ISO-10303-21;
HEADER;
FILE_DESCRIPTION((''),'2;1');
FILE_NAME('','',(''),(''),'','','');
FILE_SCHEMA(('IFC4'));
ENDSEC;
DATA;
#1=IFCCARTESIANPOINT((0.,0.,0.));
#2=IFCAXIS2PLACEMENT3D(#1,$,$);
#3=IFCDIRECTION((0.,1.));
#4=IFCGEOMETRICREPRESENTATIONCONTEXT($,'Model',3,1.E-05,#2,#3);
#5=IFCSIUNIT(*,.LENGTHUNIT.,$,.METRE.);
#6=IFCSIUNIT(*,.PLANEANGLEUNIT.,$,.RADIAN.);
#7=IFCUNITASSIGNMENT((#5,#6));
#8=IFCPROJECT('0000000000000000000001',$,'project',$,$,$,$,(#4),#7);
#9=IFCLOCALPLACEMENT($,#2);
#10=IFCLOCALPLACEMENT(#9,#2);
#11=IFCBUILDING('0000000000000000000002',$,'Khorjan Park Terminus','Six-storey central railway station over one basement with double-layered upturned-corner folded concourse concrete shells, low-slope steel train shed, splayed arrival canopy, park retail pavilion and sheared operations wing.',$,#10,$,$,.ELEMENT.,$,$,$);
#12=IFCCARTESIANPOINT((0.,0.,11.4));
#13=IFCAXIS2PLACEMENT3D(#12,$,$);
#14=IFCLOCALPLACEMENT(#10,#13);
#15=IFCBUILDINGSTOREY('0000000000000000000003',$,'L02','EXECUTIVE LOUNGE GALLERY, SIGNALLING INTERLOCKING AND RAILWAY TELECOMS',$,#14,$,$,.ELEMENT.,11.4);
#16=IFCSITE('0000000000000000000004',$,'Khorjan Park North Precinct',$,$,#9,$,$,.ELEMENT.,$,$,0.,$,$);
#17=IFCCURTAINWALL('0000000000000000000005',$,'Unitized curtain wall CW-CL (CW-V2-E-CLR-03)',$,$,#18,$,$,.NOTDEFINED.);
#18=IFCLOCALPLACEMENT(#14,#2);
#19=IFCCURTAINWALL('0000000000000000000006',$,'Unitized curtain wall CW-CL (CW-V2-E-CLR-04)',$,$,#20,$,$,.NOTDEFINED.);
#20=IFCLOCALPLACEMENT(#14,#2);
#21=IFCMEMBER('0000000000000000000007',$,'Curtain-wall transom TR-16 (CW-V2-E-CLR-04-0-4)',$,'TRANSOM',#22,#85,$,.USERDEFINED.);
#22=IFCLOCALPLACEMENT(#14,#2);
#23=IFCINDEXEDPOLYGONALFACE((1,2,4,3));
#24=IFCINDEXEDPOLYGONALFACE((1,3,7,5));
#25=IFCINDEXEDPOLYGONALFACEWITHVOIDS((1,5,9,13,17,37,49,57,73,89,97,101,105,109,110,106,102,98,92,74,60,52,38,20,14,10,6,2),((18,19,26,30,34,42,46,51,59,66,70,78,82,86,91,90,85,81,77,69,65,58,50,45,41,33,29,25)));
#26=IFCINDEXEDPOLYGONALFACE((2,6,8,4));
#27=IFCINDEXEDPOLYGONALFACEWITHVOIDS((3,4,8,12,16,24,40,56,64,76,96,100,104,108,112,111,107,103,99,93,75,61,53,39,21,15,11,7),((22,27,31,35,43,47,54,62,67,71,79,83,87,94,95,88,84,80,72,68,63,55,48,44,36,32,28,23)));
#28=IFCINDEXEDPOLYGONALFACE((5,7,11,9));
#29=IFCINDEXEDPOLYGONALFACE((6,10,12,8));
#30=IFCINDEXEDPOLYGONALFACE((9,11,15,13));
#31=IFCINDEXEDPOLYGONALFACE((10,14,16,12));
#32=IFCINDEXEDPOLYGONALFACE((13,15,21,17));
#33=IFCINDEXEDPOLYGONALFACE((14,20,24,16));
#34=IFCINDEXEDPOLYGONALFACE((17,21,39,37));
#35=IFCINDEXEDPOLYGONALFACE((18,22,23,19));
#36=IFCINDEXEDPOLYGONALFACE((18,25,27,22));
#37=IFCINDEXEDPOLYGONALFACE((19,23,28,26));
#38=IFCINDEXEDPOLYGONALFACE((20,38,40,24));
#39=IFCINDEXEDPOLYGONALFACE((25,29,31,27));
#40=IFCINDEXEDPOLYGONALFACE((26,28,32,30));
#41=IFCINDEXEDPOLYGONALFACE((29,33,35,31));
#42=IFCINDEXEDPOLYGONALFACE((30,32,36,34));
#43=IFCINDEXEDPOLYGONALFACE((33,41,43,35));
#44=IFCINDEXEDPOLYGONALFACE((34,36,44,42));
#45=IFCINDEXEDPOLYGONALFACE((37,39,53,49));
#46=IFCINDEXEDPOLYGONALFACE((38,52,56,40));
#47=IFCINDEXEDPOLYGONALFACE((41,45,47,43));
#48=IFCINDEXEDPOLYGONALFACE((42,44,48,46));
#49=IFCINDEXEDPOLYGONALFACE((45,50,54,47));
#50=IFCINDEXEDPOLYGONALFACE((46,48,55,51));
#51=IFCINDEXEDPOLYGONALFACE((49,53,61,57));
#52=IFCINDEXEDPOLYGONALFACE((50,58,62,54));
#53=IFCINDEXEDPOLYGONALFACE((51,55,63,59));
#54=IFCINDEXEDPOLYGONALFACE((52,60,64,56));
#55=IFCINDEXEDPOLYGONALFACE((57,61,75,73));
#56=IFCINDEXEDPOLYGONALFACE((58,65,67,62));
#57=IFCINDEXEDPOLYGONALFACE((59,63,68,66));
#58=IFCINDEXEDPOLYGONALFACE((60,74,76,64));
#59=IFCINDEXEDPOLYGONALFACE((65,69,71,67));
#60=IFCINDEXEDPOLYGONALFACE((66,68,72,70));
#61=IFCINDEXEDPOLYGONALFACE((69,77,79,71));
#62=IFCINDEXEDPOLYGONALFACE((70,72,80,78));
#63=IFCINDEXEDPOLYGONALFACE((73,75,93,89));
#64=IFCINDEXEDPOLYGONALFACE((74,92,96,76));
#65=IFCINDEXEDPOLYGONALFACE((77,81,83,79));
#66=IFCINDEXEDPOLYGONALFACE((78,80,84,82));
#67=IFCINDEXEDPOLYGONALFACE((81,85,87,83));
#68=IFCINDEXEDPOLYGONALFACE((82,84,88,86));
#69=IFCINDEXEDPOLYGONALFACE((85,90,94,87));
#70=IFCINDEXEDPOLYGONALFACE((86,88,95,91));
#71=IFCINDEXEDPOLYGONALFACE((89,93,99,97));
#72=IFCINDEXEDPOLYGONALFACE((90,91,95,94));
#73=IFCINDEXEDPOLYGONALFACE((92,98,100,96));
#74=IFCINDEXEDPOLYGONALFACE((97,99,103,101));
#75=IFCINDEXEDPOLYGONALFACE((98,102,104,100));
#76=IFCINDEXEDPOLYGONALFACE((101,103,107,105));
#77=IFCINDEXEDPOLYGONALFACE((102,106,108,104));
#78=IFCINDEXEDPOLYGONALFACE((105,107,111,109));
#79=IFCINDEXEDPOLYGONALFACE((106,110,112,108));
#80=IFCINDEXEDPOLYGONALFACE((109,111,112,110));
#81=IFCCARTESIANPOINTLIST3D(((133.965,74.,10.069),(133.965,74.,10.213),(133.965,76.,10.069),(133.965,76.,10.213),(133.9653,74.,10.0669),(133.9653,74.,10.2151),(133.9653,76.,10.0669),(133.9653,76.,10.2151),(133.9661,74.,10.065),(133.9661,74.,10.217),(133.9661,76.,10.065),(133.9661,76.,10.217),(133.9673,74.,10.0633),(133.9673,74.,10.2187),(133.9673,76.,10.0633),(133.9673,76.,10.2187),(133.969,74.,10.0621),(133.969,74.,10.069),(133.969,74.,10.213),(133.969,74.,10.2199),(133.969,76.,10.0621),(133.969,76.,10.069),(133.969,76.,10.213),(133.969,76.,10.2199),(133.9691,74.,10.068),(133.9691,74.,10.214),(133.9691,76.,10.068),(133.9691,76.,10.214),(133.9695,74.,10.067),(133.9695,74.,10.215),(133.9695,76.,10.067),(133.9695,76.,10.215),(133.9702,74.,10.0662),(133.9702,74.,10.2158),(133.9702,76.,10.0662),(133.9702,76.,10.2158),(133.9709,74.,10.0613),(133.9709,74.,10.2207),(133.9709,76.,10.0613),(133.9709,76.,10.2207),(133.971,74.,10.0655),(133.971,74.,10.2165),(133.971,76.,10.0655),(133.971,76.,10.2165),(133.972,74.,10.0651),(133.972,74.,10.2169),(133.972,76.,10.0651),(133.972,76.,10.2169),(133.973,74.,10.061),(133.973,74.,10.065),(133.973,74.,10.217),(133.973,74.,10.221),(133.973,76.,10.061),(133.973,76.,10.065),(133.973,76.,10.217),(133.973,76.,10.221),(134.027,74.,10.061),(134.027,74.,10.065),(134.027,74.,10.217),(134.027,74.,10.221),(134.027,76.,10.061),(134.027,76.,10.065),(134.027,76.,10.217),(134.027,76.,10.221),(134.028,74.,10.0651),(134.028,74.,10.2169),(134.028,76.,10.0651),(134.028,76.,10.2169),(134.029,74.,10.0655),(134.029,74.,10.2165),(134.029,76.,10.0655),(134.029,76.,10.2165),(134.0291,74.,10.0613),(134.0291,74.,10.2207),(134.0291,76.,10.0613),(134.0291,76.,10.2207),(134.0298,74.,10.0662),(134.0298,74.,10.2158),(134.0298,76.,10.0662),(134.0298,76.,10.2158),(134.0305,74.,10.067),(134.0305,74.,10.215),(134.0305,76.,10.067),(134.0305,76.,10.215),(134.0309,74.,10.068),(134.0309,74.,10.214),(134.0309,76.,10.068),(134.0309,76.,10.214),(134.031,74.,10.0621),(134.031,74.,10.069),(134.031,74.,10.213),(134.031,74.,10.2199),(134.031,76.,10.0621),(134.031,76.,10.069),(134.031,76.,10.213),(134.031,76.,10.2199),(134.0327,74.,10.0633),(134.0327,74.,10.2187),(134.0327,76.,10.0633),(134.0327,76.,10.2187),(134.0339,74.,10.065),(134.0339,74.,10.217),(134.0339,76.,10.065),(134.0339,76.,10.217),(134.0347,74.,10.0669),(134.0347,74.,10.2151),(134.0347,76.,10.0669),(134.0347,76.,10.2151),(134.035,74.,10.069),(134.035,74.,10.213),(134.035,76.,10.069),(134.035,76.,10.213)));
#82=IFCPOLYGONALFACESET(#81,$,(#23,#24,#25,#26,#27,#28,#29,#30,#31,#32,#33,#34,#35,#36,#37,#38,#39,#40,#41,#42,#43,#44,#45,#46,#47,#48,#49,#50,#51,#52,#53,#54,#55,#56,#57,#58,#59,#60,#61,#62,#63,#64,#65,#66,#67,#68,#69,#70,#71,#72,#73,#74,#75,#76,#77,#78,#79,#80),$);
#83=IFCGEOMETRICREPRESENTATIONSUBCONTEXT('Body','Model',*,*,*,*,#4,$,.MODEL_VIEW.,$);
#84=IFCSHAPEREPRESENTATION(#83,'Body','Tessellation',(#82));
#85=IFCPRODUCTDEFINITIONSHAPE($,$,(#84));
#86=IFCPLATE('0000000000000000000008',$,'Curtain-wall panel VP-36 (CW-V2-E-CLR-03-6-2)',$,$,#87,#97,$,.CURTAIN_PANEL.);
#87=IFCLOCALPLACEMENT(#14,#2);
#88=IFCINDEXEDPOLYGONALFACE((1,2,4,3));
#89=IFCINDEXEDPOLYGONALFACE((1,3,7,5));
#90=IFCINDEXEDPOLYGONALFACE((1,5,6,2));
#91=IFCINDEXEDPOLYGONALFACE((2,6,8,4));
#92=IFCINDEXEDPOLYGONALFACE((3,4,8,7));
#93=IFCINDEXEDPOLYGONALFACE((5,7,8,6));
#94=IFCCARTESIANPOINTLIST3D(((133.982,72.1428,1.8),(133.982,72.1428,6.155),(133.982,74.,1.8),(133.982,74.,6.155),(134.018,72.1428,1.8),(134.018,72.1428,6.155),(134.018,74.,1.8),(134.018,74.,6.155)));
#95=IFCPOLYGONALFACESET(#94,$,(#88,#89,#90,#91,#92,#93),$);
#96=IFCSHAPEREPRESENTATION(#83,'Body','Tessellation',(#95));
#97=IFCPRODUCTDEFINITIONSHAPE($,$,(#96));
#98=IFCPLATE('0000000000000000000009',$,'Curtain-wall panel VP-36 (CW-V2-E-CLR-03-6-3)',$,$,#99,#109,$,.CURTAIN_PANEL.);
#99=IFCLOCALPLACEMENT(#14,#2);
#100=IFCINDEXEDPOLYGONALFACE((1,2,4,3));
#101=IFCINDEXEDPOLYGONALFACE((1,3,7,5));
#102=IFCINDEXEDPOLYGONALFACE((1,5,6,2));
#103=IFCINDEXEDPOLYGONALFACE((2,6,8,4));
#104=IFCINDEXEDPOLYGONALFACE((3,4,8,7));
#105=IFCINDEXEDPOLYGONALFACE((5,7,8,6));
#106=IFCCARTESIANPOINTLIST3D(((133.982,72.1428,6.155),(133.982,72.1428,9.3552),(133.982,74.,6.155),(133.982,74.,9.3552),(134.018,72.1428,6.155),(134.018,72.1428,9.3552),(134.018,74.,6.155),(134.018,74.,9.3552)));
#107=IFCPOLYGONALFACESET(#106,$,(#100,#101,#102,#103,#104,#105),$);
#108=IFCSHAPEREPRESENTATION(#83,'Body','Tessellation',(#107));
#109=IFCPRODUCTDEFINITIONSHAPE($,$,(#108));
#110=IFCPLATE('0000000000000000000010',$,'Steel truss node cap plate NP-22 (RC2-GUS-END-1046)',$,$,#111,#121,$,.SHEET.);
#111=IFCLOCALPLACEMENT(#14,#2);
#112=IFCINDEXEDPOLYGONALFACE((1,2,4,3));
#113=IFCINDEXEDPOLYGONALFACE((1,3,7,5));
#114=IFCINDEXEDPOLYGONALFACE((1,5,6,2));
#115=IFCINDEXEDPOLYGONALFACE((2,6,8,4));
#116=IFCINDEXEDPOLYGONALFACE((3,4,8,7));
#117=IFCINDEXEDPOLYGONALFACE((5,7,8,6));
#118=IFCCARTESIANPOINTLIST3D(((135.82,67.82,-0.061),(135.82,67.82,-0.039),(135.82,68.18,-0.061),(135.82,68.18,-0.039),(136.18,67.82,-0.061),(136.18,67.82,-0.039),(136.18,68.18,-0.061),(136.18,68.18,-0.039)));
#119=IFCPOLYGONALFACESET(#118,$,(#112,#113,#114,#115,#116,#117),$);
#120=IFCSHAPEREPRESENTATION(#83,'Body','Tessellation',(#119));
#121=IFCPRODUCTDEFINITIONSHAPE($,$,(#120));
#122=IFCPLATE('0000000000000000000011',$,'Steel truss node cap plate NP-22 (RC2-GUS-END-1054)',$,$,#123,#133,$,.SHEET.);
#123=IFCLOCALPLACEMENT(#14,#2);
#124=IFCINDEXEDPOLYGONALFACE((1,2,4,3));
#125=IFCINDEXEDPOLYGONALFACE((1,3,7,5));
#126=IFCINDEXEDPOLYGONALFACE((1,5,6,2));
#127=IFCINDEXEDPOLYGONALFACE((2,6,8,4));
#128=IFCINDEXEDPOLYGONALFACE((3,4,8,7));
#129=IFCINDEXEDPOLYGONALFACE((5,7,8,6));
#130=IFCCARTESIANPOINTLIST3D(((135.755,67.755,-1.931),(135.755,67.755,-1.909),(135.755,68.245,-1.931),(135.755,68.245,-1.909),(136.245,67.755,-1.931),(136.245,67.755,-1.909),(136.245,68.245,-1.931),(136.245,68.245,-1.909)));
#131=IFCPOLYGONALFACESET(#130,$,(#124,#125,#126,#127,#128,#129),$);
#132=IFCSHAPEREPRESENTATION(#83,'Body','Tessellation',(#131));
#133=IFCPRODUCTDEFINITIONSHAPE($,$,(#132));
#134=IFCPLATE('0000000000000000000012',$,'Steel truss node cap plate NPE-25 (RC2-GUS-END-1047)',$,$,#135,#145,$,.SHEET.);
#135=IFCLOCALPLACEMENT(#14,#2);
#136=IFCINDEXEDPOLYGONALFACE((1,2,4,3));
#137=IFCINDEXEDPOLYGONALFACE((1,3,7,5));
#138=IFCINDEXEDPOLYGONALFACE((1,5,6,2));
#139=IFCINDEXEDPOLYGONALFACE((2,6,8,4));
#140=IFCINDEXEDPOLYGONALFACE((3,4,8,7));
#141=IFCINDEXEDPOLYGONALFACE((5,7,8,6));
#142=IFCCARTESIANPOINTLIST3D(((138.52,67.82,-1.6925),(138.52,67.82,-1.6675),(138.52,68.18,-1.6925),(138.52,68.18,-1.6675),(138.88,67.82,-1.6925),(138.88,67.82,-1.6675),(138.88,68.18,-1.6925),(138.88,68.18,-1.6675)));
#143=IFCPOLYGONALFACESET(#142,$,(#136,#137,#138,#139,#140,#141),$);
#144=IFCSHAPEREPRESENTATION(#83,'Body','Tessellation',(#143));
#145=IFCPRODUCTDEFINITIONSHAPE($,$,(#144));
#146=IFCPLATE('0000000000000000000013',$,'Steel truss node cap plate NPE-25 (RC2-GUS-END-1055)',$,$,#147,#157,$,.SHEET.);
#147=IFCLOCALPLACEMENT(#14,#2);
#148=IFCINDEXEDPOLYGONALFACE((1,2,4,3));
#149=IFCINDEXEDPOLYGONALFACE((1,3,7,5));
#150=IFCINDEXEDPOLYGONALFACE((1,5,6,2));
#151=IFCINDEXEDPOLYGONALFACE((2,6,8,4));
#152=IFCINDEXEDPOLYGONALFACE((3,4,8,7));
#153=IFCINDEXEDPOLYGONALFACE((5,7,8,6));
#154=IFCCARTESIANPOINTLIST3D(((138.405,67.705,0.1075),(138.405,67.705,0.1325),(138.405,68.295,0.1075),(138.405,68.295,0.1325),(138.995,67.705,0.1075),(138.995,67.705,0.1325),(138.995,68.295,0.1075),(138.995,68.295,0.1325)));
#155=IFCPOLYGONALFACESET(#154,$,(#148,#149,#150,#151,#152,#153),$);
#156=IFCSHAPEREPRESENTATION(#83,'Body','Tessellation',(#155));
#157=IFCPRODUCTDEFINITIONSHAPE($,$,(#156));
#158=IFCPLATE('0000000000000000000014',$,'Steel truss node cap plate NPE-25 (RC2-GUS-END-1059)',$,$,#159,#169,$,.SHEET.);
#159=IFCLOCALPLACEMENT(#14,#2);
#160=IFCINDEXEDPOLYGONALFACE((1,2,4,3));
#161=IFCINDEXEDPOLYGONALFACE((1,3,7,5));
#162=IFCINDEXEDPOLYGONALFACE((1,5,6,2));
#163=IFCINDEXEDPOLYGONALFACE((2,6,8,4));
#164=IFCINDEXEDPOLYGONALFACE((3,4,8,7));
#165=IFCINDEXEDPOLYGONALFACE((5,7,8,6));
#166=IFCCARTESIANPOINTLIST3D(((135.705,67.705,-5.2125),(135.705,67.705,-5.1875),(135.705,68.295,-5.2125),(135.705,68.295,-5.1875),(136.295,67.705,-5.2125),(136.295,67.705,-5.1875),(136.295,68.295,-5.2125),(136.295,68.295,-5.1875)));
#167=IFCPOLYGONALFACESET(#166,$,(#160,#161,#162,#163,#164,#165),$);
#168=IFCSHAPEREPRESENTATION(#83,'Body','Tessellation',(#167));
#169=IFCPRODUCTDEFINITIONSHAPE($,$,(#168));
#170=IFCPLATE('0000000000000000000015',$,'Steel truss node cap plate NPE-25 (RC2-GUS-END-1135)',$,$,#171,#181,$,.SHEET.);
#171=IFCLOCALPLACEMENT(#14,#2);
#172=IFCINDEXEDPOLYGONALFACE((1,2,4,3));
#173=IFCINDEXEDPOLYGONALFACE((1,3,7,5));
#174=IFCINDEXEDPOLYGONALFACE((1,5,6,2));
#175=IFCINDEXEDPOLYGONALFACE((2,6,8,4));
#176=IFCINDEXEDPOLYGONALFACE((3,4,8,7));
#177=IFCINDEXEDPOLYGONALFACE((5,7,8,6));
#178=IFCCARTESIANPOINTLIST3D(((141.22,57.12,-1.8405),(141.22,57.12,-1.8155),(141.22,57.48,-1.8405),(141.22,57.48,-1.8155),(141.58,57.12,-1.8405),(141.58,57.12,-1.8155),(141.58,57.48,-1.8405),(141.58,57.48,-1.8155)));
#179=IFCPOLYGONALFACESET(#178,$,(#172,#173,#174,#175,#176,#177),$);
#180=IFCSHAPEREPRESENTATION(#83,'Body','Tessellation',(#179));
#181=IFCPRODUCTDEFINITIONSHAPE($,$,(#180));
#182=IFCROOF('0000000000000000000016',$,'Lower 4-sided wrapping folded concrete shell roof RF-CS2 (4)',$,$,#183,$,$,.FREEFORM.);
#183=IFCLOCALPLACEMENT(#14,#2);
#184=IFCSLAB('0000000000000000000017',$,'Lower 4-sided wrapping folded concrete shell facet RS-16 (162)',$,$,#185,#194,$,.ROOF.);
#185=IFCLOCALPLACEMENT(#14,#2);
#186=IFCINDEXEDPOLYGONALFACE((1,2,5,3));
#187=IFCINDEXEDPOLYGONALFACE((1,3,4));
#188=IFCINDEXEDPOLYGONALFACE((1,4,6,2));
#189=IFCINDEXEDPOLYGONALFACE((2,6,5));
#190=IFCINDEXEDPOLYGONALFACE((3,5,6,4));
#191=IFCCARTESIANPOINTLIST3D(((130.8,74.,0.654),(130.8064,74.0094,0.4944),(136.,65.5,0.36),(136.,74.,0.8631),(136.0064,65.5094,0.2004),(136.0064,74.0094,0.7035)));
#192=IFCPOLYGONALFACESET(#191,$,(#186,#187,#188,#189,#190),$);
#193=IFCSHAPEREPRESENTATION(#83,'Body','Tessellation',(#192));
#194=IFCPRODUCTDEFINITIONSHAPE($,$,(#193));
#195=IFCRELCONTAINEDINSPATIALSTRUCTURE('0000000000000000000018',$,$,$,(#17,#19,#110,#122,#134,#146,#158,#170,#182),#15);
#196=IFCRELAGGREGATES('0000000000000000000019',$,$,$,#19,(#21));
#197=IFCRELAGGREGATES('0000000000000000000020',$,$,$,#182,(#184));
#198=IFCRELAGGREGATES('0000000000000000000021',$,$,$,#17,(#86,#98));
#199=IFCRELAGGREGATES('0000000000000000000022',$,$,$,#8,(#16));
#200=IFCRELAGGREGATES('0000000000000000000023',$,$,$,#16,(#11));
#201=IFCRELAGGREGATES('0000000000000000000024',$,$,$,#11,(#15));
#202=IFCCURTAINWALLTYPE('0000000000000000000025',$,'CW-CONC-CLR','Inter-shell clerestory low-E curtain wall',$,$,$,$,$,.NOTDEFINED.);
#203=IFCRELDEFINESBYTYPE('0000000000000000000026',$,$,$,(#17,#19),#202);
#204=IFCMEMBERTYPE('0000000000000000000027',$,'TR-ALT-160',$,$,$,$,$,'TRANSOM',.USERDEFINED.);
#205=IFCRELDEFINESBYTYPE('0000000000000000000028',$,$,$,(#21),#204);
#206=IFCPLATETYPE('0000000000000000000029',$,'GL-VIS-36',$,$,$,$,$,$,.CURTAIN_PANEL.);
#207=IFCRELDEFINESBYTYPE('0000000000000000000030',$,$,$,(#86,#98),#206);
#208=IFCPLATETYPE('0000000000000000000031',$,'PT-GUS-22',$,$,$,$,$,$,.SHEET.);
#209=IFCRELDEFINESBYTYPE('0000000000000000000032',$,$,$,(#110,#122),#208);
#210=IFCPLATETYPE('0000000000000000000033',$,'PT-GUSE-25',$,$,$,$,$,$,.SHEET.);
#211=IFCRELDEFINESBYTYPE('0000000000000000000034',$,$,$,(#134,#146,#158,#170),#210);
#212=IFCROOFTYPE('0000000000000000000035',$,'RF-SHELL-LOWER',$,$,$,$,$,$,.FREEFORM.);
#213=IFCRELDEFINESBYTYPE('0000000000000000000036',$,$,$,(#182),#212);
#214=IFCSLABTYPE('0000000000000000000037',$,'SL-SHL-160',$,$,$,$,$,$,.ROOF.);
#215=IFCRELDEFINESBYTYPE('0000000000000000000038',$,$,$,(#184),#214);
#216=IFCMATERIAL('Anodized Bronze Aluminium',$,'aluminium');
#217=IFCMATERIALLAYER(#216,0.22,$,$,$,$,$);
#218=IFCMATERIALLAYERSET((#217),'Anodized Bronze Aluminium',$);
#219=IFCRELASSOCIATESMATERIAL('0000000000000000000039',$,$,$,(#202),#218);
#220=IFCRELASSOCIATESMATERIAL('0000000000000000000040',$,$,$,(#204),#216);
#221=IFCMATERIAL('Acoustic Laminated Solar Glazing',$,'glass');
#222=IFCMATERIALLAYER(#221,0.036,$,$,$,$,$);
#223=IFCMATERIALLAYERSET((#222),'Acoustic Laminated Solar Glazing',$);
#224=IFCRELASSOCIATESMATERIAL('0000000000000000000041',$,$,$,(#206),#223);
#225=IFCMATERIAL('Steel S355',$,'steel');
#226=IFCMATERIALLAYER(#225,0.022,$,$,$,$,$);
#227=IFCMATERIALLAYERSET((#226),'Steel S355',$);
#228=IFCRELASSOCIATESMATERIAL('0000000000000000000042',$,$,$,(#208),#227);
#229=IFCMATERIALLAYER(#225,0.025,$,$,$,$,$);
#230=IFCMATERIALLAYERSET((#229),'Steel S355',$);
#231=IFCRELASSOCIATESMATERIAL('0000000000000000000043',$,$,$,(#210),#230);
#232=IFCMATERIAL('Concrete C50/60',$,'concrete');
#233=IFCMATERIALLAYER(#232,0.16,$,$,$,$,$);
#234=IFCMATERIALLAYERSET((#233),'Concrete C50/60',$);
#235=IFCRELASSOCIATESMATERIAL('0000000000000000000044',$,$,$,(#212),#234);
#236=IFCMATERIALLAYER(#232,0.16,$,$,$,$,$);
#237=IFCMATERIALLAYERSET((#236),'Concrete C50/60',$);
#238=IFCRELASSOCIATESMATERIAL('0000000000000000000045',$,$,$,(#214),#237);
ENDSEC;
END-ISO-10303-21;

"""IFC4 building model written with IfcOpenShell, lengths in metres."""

from ifc_helpers import new_model, si_unit, direction, frame, origin, origin_2d, place, context, subcontext, project, spatial, polyline, rectangle, hollow_rectangle, outline, extrude, material, layer, layer_set, material_profile, profile_set, type_object, element, aggregate, save


model = new_model("IFC4")

# Units and contexts
model_context = context("Model", 3, precision=1e-05, world=origin(), true_north=direction((0.0, 1.0)))
body_context = subcontext(model_context, "Body", "Model", "MODEL_VIEW")
ifc_project = project(units=[si_unit("LENGTHUNIT", "METRE"), si_unit("PLANEANGLEUNIT", "RADIAN")], contexts=[model_context])

# Site, building, storey
site_placement = place(None, origin())
site = spatial("IfcSite", under=ifc_project, at=site_placement, Name="Khorjan Park North Precinct", CompositionType="ELEMENT", RefElevation=0.0)
building_placement = place(site_placement, origin())
building = spatial("IfcBuilding", under=site, at=building_placement, Name="Khorjan Park Terminus", Description="Six-storey central railway station over one basement with double-layered upturned-corner folded concourse concrete shells, low-slope steel train shed, splayed arrival canopy, park retail pavilion and sheared operations wing.", CompositionType="ELEMENT")
storey_placement = place(building_placement, frame((0.0, 0.0, 11.4)))
storey = spatial("IfcBuildingStorey", under=building, at=storey_placement, Name="L02", Description="EXECUTIVE LOUNGE GALLERY, SIGNALLING INTERLOCKING AND RAILWAY TELECOMS", CompositionType="ELEMENT", Elevation=11.4)

# Shared definitions
ifc_material_1 = material(Name="Concrete C50/60", Category="concrete")

# Shared definitions
ifc_material_2 = material(Name="Steel S355", Category="steel")

# Curtain wall
ifc_material_3 = material(Name="Anodized Bronze Aluminium", Category="aluminium")
ifc_layer_1 = layer(ifc_material_3, 0.22)
ifc_layer_set_1 = layer_set([ifc_layer_1], Name="Anodized Bronze Aluminium")
curtain_wall_type = type_object("IfcCurtainWallType", Name="CW-CONC-CLR", Description="Inter-shell clerestory low-E curtain wall", PredefinedType="NOTDEFINED", material=ifc_layer_set_1)
curtain_wall_1_placement = place(storey_placement, origin())
curtain_wall_1 = element("IfcCurtainWall", 1, at=curtain_wall_1_placement, inside=storey, type_object=curtain_wall_type, Name="Unitized curtain wall CW-CL (CW-V2-E-CLR-03)", PredefinedType="NOTDEFINED")

# Shared definitions
ifc_material_profile_1 = material_profile(ifc_material_3, hollow_rectangle(XDim=0.07, YDim=0.16, WallThickness=0.004, InnerFilletRadius=0.004, OuterFilletRadius=0.008, at=origin_2d()), Name="ALT 70x160x4")
ifc_profile_set_1 = profile_set([ifc_material_profile_1], Name="Anodized Bronze Aluminium")
member_type_1 = type_object("IfcMemberType", Name="TR-ALT-160", ElementType="TRANSOM", PredefinedType="USERDEFINED", material=ifc_profile_set_1)

# Curtain wall, member
curtain_wall_2_placement = place(storey_placement, origin())
curtain_wall_2 = element("IfcCurtainWall", 2, at=curtain_wall_2_placement, inside=storey, type_object=curtain_wall_type, Name="Unitized curtain wall CW-CL (CW-V2-E-CLR-04)", PredefinedType="NOTDEFINED")
member_1_placement = place(storey_placement, frame((134.0, 74.0, 10.141), z_axis=(0.0, 1.0, 0.0), x_axis=(-1.0, 0.0, 0.0)))
member_1 = element("IfcMember", 3, at=member_1_placement, type_object=member_type_1, Name="Curtain-wall transom TR-16 (CW-V2-E-CLR-04-0-4)", ObjectType="TRANSOM", PredefinedType="USERDEFINED", context=body_context, shape_type="SweptSolid", body=[
    extrude(hollow_rectangle(XDim=0.07, YDim=0.16, WallThickness=0.004, InnerFilletRadius=0.004, OuterFilletRadius=0.008, at=origin_2d()), origin(), (0.0, 0.0, 1.0), 2.0),
])
aggregate(curtain_wall_2, [member_1])

# Plates
ifc_material_4 = material(Name="Acoustic Laminated Solar Glazing", Category="glass")
ifc_layer_2 = layer(ifc_material_4, 0.036)
ifc_layer_set_2 = layer_set([ifc_layer_2], Name="Acoustic Laminated Solar Glazing")
plate_type_1 = type_object("IfcPlateType", Name="GL-VIS-36", PredefinedType="CURTAIN_PANEL", material=ifc_layer_set_2)
plate_1_placement = place(storey_placement, frame((134.0, 73.0714, 1.8), z_axis=(0.0, 0.0, 1.0), x_axis=(0.0, 1.0, 0.0)))
plate_1 = element("IfcPlate", 4, at=plate_1_placement, type_object=plate_type_1, Name="Curtain-wall panel VP-36 (CW-V2-E-CLR-03-6-2)", PredefinedType="CURTAIN_PANEL", context=body_context, shape_type="SweptSolid", body=[
    extrude(rectangle(XDim=1.8571, YDim=0.036, at=origin_2d()), origin(), (0.0, 0.0, 1.0), 4.355),
])
plate_2_placement = place(storey_placement, frame((134.0, 73.0714, 6.155), z_axis=(0.0, 0.0, 1.0), x_axis=(0.0, 1.0, 0.0)))
plate_2 = element("IfcPlate", 5, at=plate_2_placement, type_object=plate_type_1, Name="Curtain-wall panel VP-36 (CW-V2-E-CLR-03-6-3)", PredefinedType="CURTAIN_PANEL", context=body_context, shape_type="SweptSolid", body=[
    extrude(rectangle(XDim=1.8571, YDim=0.036, at=origin_2d()), origin(), (0.0, 0.0, 1.0), 3.2002),
])

# Plates
ifc_layer_3 = layer(ifc_material_2, 0.022)
ifc_layer_set_3 = layer_set([ifc_layer_3], Name="Steel S355")
plate_type_2 = type_object("IfcPlateType", Name="PT-GUS-22", PredefinedType="SHEET", material=ifc_layer_set_3)
plate_3_placement = place(storey_placement, frame((136.0, 68.0, -0.061), z_axis=(0.0, 0.0, 1.0), x_axis=(1.0, 0.0, 0.0)))
element("IfcPlate", 6, at=plate_3_placement, inside=storey, type_object=plate_type_2, Name="Steel truss node cap plate NP-22 (RC2-GUS-END-1046)", PredefinedType="SHEET", context=body_context, shape_type="SweptSolid", body=[
    extrude(rectangle(XDim=0.36, YDim=0.36, at=origin_2d()), origin(), (0.0, 0.0, 1.0), 0.022),
])
plate_4_placement = place(storey_placement, frame((136.0, 68.0, -1.931), z_axis=(0.0, 0.0, 1.0), x_axis=(1.0, 0.0, 0.0)))
element("IfcPlate", 7, at=plate_4_placement, inside=storey, type_object=plate_type_2, Name="Steel truss node cap plate NP-22 (RC2-GUS-END-1054)", PredefinedType="SHEET", context=body_context, shape_type="SweptSolid", body=[
    extrude(rectangle(XDim=0.49, YDim=0.49, at=origin_2d()), origin(), (0.0, 0.0, 1.0), 0.022),
])
ifc_layer_4 = layer(ifc_material_2, 0.025)
ifc_layer_set_4 = layer_set([ifc_layer_4], Name="Steel S355")
plate_type_3 = type_object("IfcPlateType", Name="PT-GUSE-25", PredefinedType="SHEET", material=ifc_layer_set_4)
plate_5_placement = place(storey_placement, frame((138.7, 68.0, -1.6925), z_axis=(0.0, 0.0, 1.0), x_axis=(1.0, 0.0, 0.0)))
element("IfcPlate", 8, at=plate_5_placement, inside=storey, type_object=plate_type_3, Name="Steel truss node cap plate NPE-25 (RC2-GUS-END-1047)", PredefinedType="SHEET", context=body_context, shape_type="SweptSolid", body=[
    extrude(rectangle(XDim=0.36, YDim=0.36, at=origin_2d()), origin(), (0.0, 0.0, 1.0), 0.025),
])
for number, where, z_axis, x_axis, name in (
    (9, (138.7, 68.0, 0.1075), (0.0, 0.0, 1.0), (1.0, 0.0, 0.0), "Steel truss node cap plate NPE-25 (RC2-GUS-END-1055)"),
    (10, (136.0, 68.0, -5.2125), (0.0, 0.0, 1.0), (1.0, 0.0, 0.0), "Steel truss node cap plate NPE-25 (RC2-GUS-END-1059)"),
):
    element("IfcPlate", number, at=place(storey_placement, frame(where, z_axis=z_axis, x_axis=x_axis)), inside=storey, type_object=plate_type_3, Name=name, PredefinedType="SHEET", context=body_context, shape_type="SweptSolid", body=[
        extrude(rectangle(XDim=0.59, YDim=0.59, at=origin_2d()), origin(), (0.0, 0.0, 1.0), 0.025),
    ])
plate_6_placement = place(storey_placement, frame((141.4, 57.3, -1.8405), z_axis=(0.0, 0.0, 1.0), x_axis=(1.0, 0.0, 0.0)))
element("IfcPlate", 11, at=plate_6_placement, inside=storey, type_object=plate_type_3, Name="Steel truss node cap plate NPE-25 (RC2-GUS-END-1135)", PredefinedType="SHEET", context=body_context, shape_type="SweptSolid", body=[
    extrude(rectangle(XDim=0.36, YDim=0.36, at=origin_2d()), origin(), (0.0, 0.0, 1.0), 0.025),
])

# Roof, slab
ifc_layer_5 = layer(ifc_material_1, 0.16)
ifc_layer_set_5 = layer_set([ifc_layer_5], Name="Concrete C50/60")
roof_type = type_object("IfcRoofType", Name="RF-SHELL-LOWER", PredefinedType="FREEFORM", material=ifc_layer_set_5)
roof_placement = place(storey_placement, origin())
roof = element("IfcRoof", 12, at=roof_placement, inside=storey, type_object=roof_type, Name="Lower 4-sided wrapping folded concrete shell roof RF-CS2 (4)", PredefinedType="FREEFORM")
ifc_layer_6 = layer(ifc_material_1, 0.16)
ifc_layer_set_6 = layer_set([ifc_layer_6], Name="Concrete C50/60")
slab_type = type_object("IfcSlabType", Name="SL-SHL-160", PredefinedType="ROOF", material=ifc_layer_set_6)
slab_1_placement = place(storey_placement, frame((136.0, 65.5, 0.36), z_axis=(-0.040109, -0.059037, 0.99745), x_axis=(0.0, 0.998253, 0.059085)))
slab_1 = element("IfcSlab", 13, at=slab_1_placement, type_object=slab_type, Name="Lower 4-sided wrapping folded concrete shell facet RS-16 (162)", PredefinedType="ROOF", context=body_context, shape_type="SweptSolid", body=[
    extrude(outline(polyline([(0.0, 0.0), (8.5149, 0.0), (8.5025, 5.2042), (0.0, 0.0)])), origin(), (0.0, 0.0, -1.0), 0.16),
])
aggregate(roof, [slab_1])

aggregate(curtain_wall_1, [plate_1, plate_2])

save(model, "model.ifc")
